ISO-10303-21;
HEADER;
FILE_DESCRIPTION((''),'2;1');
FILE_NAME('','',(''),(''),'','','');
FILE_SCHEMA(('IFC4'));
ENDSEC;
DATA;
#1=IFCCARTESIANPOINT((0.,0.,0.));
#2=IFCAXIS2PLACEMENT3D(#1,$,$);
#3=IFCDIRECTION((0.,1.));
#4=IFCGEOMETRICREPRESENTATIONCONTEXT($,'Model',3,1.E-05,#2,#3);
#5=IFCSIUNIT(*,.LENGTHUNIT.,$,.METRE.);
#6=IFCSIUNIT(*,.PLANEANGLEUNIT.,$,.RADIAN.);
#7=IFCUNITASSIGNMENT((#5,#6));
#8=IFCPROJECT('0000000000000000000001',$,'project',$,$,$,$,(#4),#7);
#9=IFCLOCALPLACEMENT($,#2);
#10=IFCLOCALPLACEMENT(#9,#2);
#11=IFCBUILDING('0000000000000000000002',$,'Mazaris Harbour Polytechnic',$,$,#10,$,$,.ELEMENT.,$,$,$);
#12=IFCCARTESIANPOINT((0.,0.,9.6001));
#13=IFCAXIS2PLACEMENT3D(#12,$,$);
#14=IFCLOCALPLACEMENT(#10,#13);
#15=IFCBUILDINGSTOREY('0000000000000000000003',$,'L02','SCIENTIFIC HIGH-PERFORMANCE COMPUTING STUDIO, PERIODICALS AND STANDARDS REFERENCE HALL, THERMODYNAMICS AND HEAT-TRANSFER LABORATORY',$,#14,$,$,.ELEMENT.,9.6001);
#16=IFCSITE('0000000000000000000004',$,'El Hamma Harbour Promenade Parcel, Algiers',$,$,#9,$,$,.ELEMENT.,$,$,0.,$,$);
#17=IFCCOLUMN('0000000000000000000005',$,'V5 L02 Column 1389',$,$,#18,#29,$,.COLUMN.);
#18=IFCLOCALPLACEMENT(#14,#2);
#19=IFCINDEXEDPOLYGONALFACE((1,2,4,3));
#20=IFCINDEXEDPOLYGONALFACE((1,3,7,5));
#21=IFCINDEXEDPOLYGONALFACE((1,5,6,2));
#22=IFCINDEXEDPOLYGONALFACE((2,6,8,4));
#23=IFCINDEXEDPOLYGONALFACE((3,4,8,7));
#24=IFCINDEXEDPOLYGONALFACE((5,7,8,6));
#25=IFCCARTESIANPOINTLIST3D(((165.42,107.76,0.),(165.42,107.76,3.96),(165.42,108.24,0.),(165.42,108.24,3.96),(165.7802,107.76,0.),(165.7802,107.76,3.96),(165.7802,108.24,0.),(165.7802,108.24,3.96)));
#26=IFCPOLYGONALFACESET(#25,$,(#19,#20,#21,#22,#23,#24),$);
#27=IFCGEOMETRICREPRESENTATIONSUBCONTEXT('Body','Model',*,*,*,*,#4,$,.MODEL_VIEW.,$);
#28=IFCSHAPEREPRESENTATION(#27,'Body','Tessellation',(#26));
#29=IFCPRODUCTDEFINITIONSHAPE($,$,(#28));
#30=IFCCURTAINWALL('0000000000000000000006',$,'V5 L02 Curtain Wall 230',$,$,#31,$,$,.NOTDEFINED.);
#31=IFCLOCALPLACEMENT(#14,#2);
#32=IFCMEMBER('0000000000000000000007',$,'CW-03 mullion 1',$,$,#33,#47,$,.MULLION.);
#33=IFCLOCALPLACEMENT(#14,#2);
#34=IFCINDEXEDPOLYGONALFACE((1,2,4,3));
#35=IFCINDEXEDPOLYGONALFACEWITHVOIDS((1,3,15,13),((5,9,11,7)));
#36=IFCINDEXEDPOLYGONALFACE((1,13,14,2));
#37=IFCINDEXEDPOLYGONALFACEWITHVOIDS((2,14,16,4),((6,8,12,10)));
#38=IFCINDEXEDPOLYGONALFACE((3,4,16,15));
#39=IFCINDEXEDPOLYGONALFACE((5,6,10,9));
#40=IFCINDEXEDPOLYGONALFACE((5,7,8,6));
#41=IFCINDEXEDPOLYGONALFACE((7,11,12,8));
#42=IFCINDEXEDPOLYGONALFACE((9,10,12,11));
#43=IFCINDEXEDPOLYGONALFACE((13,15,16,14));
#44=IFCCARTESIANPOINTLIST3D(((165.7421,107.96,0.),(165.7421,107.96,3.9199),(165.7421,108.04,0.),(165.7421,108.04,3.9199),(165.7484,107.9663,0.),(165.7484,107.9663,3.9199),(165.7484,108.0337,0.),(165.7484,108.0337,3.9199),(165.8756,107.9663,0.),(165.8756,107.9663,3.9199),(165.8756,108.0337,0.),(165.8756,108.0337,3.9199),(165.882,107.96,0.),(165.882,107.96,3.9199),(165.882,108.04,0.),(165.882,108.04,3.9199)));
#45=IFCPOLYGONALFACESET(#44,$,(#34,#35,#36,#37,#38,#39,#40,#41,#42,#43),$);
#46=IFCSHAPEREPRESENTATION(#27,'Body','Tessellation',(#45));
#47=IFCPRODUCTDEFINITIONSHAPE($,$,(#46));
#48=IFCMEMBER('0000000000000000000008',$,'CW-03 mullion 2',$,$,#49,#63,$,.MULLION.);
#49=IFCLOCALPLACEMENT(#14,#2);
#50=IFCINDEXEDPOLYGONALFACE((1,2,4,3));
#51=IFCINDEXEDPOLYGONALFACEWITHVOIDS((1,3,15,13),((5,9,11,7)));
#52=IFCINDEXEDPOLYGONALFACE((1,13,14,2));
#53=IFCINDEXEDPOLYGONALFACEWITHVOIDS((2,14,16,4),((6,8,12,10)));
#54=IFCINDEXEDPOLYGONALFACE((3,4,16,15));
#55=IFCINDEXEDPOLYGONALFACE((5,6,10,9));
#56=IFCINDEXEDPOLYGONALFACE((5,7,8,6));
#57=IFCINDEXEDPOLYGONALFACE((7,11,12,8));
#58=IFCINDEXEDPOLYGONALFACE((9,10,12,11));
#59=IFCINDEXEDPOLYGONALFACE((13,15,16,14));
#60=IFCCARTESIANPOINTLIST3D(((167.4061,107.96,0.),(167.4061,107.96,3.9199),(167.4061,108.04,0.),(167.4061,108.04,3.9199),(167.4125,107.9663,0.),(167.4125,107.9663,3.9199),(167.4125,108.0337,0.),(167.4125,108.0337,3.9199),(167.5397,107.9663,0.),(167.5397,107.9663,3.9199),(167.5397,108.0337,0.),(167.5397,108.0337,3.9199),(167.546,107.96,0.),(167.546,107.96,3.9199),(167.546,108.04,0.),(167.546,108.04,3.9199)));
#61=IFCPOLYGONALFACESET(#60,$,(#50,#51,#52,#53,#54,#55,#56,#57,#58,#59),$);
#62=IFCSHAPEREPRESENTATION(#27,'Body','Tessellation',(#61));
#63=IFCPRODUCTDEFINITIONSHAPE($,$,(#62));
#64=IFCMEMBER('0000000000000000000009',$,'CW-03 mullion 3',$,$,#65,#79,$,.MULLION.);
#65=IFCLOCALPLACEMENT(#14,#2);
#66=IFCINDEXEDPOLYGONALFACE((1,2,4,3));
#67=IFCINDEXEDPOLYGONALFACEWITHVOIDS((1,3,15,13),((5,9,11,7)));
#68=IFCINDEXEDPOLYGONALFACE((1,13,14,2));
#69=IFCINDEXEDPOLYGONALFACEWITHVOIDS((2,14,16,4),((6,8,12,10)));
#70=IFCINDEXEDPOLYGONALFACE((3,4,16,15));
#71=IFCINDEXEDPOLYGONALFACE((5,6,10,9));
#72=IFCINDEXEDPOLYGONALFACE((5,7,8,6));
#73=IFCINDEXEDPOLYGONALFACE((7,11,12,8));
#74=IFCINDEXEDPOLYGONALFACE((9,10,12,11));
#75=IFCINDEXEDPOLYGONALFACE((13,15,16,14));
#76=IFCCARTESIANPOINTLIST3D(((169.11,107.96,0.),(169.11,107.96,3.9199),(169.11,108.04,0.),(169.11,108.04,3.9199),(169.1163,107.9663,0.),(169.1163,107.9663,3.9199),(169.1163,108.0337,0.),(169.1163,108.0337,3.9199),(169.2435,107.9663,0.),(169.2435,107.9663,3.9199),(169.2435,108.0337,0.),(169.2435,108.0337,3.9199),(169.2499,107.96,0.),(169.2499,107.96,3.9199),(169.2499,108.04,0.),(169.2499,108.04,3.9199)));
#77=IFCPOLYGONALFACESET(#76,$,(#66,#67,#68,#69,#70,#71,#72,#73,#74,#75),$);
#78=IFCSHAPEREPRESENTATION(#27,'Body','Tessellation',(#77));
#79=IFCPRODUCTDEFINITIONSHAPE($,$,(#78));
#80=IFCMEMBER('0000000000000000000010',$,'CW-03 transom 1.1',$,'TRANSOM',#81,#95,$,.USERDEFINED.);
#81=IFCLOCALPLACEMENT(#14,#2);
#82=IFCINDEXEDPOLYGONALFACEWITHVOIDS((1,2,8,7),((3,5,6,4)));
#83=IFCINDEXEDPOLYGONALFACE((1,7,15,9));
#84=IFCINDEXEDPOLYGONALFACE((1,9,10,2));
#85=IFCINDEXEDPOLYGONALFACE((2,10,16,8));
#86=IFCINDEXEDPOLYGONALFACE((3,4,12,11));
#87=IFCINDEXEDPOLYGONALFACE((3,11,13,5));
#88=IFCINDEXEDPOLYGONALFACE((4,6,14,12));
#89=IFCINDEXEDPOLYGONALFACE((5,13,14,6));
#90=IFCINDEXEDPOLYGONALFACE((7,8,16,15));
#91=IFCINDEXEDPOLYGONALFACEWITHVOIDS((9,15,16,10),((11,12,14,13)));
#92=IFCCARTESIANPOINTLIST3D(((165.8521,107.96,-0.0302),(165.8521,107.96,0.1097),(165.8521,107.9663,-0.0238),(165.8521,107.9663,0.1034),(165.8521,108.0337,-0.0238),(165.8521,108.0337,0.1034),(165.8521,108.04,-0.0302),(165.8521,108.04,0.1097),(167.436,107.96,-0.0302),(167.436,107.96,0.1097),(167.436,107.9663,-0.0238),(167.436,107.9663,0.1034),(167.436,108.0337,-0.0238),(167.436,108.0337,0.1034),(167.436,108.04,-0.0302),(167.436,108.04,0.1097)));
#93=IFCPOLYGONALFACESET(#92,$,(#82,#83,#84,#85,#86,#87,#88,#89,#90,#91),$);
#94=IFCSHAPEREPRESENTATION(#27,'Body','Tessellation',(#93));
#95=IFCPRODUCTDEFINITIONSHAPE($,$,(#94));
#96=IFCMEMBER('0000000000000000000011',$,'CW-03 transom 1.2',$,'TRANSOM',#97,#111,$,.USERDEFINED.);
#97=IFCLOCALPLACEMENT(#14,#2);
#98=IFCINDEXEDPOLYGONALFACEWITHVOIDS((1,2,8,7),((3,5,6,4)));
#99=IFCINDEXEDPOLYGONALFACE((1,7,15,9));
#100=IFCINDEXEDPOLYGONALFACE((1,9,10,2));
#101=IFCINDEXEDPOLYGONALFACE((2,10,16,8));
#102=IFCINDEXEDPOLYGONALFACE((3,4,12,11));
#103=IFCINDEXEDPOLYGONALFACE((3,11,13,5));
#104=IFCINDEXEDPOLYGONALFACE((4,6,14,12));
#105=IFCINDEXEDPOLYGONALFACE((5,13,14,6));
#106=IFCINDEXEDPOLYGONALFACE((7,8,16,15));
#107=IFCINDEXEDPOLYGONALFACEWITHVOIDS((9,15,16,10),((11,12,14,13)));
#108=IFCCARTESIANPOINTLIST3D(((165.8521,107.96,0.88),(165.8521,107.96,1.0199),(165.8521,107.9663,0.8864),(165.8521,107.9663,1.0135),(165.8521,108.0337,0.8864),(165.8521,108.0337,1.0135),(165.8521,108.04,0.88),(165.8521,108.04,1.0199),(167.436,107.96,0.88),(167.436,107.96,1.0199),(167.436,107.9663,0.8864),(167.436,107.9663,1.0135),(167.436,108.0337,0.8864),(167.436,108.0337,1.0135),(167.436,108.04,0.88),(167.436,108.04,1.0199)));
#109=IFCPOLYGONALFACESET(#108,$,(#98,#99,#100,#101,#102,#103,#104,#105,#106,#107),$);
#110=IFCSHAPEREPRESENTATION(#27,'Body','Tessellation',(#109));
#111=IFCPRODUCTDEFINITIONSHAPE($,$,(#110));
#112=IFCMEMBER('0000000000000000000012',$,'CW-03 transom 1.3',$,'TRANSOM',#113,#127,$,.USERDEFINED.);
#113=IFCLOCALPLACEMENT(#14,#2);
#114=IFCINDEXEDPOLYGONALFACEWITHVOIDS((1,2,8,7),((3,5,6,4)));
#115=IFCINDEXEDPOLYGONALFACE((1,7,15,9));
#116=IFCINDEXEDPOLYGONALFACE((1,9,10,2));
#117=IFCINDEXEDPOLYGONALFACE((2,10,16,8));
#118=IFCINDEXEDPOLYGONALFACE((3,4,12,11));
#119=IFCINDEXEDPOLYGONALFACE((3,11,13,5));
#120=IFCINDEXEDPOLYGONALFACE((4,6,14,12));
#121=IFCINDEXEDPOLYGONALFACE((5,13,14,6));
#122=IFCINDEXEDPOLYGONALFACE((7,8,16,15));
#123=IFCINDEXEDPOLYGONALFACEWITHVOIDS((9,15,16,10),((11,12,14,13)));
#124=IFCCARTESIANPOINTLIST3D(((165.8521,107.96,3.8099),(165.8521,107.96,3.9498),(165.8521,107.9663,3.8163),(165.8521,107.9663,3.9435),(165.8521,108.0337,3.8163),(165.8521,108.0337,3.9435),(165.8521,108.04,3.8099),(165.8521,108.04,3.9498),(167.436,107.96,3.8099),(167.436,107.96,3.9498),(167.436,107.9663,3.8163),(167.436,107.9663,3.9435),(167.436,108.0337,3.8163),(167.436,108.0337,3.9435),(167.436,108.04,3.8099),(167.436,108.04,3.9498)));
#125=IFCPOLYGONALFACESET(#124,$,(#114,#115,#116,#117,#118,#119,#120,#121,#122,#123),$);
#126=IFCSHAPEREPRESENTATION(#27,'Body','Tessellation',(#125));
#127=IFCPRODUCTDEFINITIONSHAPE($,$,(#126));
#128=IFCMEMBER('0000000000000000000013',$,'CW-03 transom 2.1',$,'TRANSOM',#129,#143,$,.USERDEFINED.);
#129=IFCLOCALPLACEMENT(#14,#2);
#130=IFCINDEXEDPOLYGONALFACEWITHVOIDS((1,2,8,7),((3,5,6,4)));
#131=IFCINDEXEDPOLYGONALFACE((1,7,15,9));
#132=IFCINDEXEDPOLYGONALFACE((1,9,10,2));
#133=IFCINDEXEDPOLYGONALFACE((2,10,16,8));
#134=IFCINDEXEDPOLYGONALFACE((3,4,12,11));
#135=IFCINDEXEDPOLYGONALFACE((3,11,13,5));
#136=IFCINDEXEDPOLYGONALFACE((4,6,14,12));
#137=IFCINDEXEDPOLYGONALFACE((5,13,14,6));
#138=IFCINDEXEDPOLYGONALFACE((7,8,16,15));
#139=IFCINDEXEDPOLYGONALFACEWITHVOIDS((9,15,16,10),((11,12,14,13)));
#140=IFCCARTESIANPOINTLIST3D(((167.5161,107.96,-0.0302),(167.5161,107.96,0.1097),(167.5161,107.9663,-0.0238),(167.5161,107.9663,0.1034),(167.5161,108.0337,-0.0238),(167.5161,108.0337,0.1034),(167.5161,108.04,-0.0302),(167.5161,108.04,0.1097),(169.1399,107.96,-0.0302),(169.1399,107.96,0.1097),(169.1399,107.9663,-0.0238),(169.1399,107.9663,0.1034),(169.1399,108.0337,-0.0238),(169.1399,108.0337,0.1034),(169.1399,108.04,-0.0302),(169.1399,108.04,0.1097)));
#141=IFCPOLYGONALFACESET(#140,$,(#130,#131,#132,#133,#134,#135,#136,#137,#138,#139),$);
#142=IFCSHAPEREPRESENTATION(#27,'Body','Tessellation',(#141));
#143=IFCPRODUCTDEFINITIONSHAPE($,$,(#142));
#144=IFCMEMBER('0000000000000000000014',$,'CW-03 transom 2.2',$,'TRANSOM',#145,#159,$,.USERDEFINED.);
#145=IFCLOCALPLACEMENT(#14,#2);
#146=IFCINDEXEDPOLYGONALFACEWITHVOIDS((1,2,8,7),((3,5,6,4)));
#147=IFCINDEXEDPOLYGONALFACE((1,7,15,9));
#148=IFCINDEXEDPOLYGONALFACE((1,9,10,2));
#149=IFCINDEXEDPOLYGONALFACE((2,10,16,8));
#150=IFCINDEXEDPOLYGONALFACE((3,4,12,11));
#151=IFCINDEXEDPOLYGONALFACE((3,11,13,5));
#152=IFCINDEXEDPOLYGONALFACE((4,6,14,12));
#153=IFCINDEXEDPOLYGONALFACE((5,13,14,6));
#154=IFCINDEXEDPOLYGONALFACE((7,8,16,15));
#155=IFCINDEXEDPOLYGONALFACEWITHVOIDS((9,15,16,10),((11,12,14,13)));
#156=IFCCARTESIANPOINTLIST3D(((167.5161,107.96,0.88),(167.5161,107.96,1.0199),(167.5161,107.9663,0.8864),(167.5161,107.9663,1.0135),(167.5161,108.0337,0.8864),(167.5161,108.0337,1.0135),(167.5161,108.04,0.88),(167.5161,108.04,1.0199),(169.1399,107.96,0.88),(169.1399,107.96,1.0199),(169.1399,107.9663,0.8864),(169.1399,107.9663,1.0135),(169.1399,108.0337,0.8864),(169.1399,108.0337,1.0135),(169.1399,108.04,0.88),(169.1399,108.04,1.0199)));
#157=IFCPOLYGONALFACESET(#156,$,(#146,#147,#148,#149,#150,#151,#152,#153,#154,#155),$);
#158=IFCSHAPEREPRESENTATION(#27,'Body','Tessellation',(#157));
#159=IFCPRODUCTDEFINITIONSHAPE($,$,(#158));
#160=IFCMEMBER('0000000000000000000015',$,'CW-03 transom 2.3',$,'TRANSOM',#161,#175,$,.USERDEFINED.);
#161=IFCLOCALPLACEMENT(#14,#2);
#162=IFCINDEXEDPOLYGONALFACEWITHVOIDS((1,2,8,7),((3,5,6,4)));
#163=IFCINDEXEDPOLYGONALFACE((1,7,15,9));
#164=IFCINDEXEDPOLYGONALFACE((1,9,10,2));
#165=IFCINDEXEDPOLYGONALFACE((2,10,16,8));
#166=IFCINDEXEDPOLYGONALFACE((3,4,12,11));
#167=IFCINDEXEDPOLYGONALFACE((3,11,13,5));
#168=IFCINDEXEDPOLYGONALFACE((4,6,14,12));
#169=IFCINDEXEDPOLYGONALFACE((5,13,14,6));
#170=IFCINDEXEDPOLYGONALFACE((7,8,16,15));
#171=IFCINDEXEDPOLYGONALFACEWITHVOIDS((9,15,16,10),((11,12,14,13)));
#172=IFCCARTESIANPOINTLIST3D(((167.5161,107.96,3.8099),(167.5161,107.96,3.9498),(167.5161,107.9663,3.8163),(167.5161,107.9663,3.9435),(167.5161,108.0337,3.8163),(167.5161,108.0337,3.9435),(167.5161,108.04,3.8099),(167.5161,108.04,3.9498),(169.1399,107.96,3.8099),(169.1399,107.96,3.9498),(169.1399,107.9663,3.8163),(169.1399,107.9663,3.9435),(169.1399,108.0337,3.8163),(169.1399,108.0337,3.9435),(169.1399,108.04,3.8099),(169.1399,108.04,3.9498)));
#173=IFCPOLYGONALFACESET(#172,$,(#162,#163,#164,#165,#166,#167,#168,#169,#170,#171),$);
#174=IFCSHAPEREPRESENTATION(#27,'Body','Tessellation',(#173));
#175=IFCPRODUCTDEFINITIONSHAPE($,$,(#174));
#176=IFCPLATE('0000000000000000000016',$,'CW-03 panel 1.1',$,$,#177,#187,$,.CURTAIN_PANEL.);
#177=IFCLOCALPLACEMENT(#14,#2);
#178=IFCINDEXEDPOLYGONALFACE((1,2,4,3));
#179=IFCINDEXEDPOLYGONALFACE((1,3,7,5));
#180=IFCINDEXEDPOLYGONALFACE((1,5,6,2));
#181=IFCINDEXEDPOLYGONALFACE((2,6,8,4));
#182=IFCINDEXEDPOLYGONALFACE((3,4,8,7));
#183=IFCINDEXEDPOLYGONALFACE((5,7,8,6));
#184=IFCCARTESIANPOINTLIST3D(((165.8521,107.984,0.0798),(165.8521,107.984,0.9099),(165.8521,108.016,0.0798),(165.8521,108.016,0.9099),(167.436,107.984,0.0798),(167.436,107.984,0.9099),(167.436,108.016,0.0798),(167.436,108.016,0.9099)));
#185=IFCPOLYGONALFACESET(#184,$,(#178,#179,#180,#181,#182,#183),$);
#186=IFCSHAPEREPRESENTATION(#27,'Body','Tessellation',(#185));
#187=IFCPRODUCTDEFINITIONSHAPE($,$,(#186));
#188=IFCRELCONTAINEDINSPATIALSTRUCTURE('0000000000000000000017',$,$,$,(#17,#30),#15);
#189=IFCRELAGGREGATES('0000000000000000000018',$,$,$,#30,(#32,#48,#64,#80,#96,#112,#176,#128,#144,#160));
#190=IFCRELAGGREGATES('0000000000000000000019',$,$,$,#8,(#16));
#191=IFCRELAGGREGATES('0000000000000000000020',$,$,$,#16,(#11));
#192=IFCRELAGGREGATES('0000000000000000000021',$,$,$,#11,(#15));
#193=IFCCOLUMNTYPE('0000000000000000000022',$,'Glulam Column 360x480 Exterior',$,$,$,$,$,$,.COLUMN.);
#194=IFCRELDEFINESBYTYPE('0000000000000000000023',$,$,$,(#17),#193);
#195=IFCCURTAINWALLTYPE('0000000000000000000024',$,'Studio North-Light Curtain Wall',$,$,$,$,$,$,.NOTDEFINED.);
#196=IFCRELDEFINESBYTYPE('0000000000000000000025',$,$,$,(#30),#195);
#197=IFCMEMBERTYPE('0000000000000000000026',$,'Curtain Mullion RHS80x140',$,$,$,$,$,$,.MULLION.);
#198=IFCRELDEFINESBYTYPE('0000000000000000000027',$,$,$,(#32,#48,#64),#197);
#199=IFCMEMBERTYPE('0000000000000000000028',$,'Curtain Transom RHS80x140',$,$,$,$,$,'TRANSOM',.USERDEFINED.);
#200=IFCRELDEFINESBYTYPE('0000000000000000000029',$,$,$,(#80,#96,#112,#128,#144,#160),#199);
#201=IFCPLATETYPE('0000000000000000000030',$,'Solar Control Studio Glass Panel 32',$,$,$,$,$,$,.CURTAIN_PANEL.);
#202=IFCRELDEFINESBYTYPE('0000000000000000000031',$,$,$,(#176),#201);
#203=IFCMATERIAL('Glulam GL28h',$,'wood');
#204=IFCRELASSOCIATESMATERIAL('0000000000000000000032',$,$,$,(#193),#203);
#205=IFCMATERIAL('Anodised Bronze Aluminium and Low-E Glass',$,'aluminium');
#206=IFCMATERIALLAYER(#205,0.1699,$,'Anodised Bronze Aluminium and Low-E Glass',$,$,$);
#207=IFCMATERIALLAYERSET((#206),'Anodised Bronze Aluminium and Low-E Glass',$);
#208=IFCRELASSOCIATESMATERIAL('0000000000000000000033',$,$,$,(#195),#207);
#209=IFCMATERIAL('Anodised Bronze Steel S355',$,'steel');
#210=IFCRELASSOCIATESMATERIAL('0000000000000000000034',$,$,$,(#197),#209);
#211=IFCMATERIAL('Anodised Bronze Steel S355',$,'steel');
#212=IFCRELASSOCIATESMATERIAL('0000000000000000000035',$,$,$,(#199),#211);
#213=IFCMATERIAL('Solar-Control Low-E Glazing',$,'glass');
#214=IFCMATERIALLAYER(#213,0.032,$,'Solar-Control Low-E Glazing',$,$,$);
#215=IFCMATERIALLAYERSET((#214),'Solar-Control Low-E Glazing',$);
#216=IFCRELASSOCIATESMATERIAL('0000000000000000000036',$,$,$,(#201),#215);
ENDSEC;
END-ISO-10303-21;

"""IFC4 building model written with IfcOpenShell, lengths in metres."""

from ifc_helpers import new_model, si_unit, direction, frame, origin, origin_2d, place, context, subcontext, project, spatial, rectangle, hollow_rectangle, extrude, material, layer, layer_set, material_profile, profile_set, type_object, element, aggregate, save


model = new_model("IFC4")

# Units and contexts
model_context = context("Model", 3, precision=1e-05, world=origin(), true_north=direction((0.0, 1.0)))
body_context = subcontext(model_context, "Body", "Model", "MODEL_VIEW")
ifc_project = project(units=[si_unit("LENGTHUNIT", "METRE"), si_unit("PLANEANGLEUNIT", "RADIAN")], contexts=[model_context])

# Site, building, storey
site_placement = place(None, origin())
site = spatial("IfcSite", under=ifc_project, at=site_placement, Name="El Hamma Harbour Promenade Parcel, Algiers", CompositionType="ELEMENT", RefElevation=0.0)
building_placement = place(site_placement, origin())
building = spatial("IfcBuilding", under=site, at=building_placement, Name="Mazaris Harbour Polytechnic", CompositionType="ELEMENT")
storey_placement = place(building_placement, frame((0.0, 0.0, 9.6001)))
storey = spatial("IfcBuildingStorey", under=building, at=storey_placement, Name="L02", Description="SCIENTIFIC HIGH-PERFORMANCE COMPUTING STUDIO, PERIODICALS AND STANDARDS REFERENCE HALL, THERMODYNAMICS AND HEAT-TRANSFER LABORATORY", CompositionType="ELEMENT", Elevation=9.6001)

# Column
ifc_material_1 = material(Name="Glulam GL28h", Category="wood")
ifc_material_profile_1 = material_profile(ifc_material_1, rectangle(XDim=0.3601, YDim=0.48, at=origin_2d()), Name="RECT360x480")
ifc_profile_set_1 = profile_set([ifc_material_profile_1], Name="Glulam GL28h")
column_type = type_object("IfcColumnType", Name="Glulam Column 360x480 Exterior", PredefinedType="COLUMN", material=ifc_profile_set_1)
column_placement = place(storey_placement, frame((165.6001, 108.0, 0.0), z_axis=(0.0, 0.0, 1.0), x_axis=(1.0, 0.0, 0.0)))
element("IfcColumn", 1, at=column_placement, inside=storey, type_object=column_type, Name="V5 L02 Column 1389", PredefinedType="COLUMN", context=body_context, shape_type="SweptSolid", body=[
    extrude(rectangle(XDim=0.3601, YDim=0.48, at=origin_2d()), origin(), (0.0, 0.0, 1.0), 3.96),
])

# Curtain wall, members, plate
ifc_material_2 = material(Name="Anodised Bronze Aluminium and Low-E Glass", Category="aluminium")
ifc_layer_1 = layer(ifc_material_2, 0.1699, Name="Anodised Bronze Aluminium and Low-E Glass")
ifc_layer_set_1 = layer_set([ifc_layer_1], Name="Anodised Bronze Aluminium and Low-E Glass")
curtain_wall_type = type_object("IfcCurtainWallType", Name="Studio North-Light Curtain Wall", PredefinedType="NOTDEFINED", material=ifc_layer_set_1)
curtain_wall_placement = place(storey_placement, origin())
curtain_wall = element("IfcCurtainWall", 2, at=curtain_wall_placement, inside=storey, type_object=curtain_wall_type, Name="V5 L02 Curtain Wall 230", PredefinedType="NOTDEFINED")
ifc_material_3 = material(Name="Anodised Bronze Steel S355", Category="steel")
ifc_material_profile_2 = material_profile(ifc_material_3, hollow_rectangle(XDim=0.0801, YDim=0.1399, WallThickness=0.0063, at=origin_2d()), Name="RHS 80x140x6.3")
ifc_profile_set_2 = profile_set([ifc_material_profile_2], Name="Anodised Bronze Steel S355")
member_type_1 = type_object("IfcMemberType", Name="Curtain Mullion RHS80x140", PredefinedType="MULLION", material=ifc_profile_set_2)
member_1_placement = place(storey_placement, frame((165.812, 108.0, 0.0), z_axis=(0.0, 0.0, 1.0), x_axis=(0.0, 1.0, 0.0)))
member_1 = element("IfcMember", 3, at=member_1_placement, type_object=member_type_1, Name="CW-03 mullion 1", PredefinedType="MULLION", context=body_context, shape_type="SweptSolid", body=[
    extrude(hollow_rectangle(XDim=0.0801, YDim=0.1399, WallThickness=0.0063, at=origin_2d()), origin(), (0.0, 0.0, 1.0), 3.9199),
])
member_2_placement = place(storey_placement, frame((167.4761, 108.0, 0.0), z_axis=(0.0, 0.0, 1.0), x_axis=(0.0, 1.0, 0.0)))
member_2 = element("IfcMember", 4, at=member_2_placement, type_object=member_type_1, Name="CW-03 mullion 2", PredefinedType="MULLION", context=body_context, shape_type="SweptSolid", body=[
    extrude(hollow_rectangle(XDim=0.0801, YDim=0.1399, WallThickness=0.0063, at=origin_2d()), origin(), (0.0, 0.0, 1.0), 3.9199),
])
member_3_placement = place(storey_placement, frame((169.1799, 108.0, 0.0), z_axis=(0.0, 0.0, 1.0), x_axis=(0.0, 1.0, 0.0)))
member_3 = element("IfcMember", 5, at=member_3_placement, type_object=member_type_1, Name="CW-03 mullion 3", PredefinedType="MULLION", context=body_context, shape_type="SweptSolid", body=[
    extrude(hollow_rectangle(XDim=0.0801, YDim=0.1399, WallThickness=0.0063, at=origin_2d()), origin(), (0.0, 0.0, 1.0), 3.9199),
])
ifc_material_4 = material(Name="Anodised Bronze Steel S355", Category="steel")
ifc_material_profile_3 = material_profile(ifc_material_4, hollow_rectangle(XDim=0.0801, YDim=0.1399, WallThickness=0.0063, at=origin_2d()), Name="RHS 80x140x6.3")
ifc_profile_set_3 = profile_set([ifc_material_profile_3], Name="Anodised Bronze Steel S355")
member_type_2 = type_object("IfcMemberType", Name="Curtain Transom RHS80x140", ElementType="TRANSOM", PredefinedType="USERDEFINED", material=ifc_profile_set_3)
member_4_placement = place(storey_placement, frame((165.8521, 108.0, 0.0398), z_axis=(1.0, 0.0, 0.0), x_axis=(0.0, 1.0, 0.0)))
member_4 = element("IfcMember", 6, at=member_4_placement, type_object=member_type_2, Name="CW-03 transom 1.1", ObjectType="TRANSOM", PredefinedType="USERDEFINED", context=body_context, shape_type="SweptSolid", body=[
    extrude(hollow_rectangle(XDim=0.0801, YDim=0.1399, WallThickness=0.0063, at=origin_2d()), origin(), (0.0, 0.0, 1.0), 1.584),
])
member_5_placement = place(storey_placement, frame((165.8521, 108.0, 0.95), z_axis=(1.0, 0.0, 0.0), x_axis=(0.0, 1.0, 0.0)))
member_5 = element("IfcMember", 7, at=member_5_placement, type_object=member_type_2, Name="CW-03 transom 1.2", ObjectType="TRANSOM", PredefinedType="USERDEFINED", context=body_context, shape_type="SweptSolid", body=[
    extrude(hollow_rectangle(XDim=0.0801, YDim=0.1399, WallThickness=0.0063, at=origin_2d()), origin(), (0.0, 0.0, 1.0), 1.584),
])
member_6_placement = place(storey_placement, frame((165.8521, 108.0, 3.8799), z_axis=(1.0, 0.0, 0.0), x_axis=(0.0, 1.0, 0.0)))
member_6 = element("IfcMember", 8, at=member_6_placement, type_object=member_type_2, Name="CW-03 transom 1.3", ObjectType="TRANSOM", PredefinedType="USERDEFINED", context=body_context, shape_type="SweptSolid", body=[
    extrude(hollow_rectangle(XDim=0.0801, YDim=0.1399, WallThickness=0.0063, at=origin_2d()), origin(), (0.0, 0.0, 1.0), 1.584),
])
member_7_placement = place(storey_placement, frame((167.5161, 108.0, 0.0398), z_axis=(1.0, 0.0, 0.0), x_axis=(0.0, 1.0, 0.0)))
member_7 = element("IfcMember", 9, at=member_7_placement, type_object=member_type_2, Name="CW-03 transom 2.1", ObjectType="TRANSOM", PredefinedType="USERDEFINED", context=body_context, shape_type="SweptSolid", body=[
    extrude(hollow_rectangle(XDim=0.0801, YDim=0.1399, WallThickness=0.0063, at=origin_2d()), origin(), (0.0, 0.0, 1.0), 1.6238),
])
member_8_placement = place(storey_placement, frame((167.5161, 108.0, 0.95), z_axis=(1.0, 0.0, 0.0), x_axis=(0.0, 1.0, 0.0)))
member_8 = element("IfcMember", 10, at=member_8_placement, type_object=member_type_2, Name="CW-03 transom 2.2", ObjectType="TRANSOM", PredefinedType="USERDEFINED", context=body_context, shape_type="SweptSolid", body=[
    extrude(hollow_rectangle(XDim=0.0801, YDim=0.1399, WallThickness=0.0063, at=origin_2d()), origin(), (0.0, 0.0, 1.0), 1.6238),
])
member_9_placement = place(storey_placement, frame((167.5161, 108.0, 3.8799), z_axis=(1.0, 0.0, 0.0), x_axis=(0.0, 1.0, 0.0)))
member_9 = element("IfcMember", 11, at=member_9_placement, type_object=member_type_2, Name="CW-03 transom 2.3", ObjectType="TRANSOM", PredefinedType="USERDEFINED", context=body_context, shape_type="SweptSolid", body=[
    extrude(hollow_rectangle(XDim=0.0801, YDim=0.1399, WallThickness=0.0063, at=origin_2d()), origin(), (0.0, 0.0, 1.0), 1.6238),
])
ifc_material_5 = material(Name="Solar-Control Low-E Glazing", Category="glass")
ifc_layer_2 = layer(ifc_material_5, 0.032, Name="Solar-Control Low-E Glazing")
ifc_layer_set_2 = layer_set([ifc_layer_2], Name="Solar-Control Low-E Glazing")
plate_type = type_object("IfcPlateType", Name="Solar Control Studio Glass Panel 32", PredefinedType="CURTAIN_PANEL", material=ifc_layer_set_2)
plate_1_placement = place(storey_placement, frame((166.644, 108.0, 0.0798), z_axis=(0.0, 0.0, 1.0), x_axis=(1.0, 0.0, 0.0)))
plate_1 = element("IfcPlate", 12, at=plate_1_placement, type_object=plate_type, Name="CW-03 panel 1.1", PredefinedType="CURTAIN_PANEL", context=body_context, shape_type="SweptSolid", body=[
    extrude(rectangle(XDim=1.584, YDim=0.032, at=origin_2d()), origin(), (0.0, 0.0, 1.0), 0.8301),
])
aggregate(curtain_wall, [member_1, member_2, member_3, member_4, member_5, member_6, plate_1, member_7, member_8, member_9])

save(model, "model.ifc")
